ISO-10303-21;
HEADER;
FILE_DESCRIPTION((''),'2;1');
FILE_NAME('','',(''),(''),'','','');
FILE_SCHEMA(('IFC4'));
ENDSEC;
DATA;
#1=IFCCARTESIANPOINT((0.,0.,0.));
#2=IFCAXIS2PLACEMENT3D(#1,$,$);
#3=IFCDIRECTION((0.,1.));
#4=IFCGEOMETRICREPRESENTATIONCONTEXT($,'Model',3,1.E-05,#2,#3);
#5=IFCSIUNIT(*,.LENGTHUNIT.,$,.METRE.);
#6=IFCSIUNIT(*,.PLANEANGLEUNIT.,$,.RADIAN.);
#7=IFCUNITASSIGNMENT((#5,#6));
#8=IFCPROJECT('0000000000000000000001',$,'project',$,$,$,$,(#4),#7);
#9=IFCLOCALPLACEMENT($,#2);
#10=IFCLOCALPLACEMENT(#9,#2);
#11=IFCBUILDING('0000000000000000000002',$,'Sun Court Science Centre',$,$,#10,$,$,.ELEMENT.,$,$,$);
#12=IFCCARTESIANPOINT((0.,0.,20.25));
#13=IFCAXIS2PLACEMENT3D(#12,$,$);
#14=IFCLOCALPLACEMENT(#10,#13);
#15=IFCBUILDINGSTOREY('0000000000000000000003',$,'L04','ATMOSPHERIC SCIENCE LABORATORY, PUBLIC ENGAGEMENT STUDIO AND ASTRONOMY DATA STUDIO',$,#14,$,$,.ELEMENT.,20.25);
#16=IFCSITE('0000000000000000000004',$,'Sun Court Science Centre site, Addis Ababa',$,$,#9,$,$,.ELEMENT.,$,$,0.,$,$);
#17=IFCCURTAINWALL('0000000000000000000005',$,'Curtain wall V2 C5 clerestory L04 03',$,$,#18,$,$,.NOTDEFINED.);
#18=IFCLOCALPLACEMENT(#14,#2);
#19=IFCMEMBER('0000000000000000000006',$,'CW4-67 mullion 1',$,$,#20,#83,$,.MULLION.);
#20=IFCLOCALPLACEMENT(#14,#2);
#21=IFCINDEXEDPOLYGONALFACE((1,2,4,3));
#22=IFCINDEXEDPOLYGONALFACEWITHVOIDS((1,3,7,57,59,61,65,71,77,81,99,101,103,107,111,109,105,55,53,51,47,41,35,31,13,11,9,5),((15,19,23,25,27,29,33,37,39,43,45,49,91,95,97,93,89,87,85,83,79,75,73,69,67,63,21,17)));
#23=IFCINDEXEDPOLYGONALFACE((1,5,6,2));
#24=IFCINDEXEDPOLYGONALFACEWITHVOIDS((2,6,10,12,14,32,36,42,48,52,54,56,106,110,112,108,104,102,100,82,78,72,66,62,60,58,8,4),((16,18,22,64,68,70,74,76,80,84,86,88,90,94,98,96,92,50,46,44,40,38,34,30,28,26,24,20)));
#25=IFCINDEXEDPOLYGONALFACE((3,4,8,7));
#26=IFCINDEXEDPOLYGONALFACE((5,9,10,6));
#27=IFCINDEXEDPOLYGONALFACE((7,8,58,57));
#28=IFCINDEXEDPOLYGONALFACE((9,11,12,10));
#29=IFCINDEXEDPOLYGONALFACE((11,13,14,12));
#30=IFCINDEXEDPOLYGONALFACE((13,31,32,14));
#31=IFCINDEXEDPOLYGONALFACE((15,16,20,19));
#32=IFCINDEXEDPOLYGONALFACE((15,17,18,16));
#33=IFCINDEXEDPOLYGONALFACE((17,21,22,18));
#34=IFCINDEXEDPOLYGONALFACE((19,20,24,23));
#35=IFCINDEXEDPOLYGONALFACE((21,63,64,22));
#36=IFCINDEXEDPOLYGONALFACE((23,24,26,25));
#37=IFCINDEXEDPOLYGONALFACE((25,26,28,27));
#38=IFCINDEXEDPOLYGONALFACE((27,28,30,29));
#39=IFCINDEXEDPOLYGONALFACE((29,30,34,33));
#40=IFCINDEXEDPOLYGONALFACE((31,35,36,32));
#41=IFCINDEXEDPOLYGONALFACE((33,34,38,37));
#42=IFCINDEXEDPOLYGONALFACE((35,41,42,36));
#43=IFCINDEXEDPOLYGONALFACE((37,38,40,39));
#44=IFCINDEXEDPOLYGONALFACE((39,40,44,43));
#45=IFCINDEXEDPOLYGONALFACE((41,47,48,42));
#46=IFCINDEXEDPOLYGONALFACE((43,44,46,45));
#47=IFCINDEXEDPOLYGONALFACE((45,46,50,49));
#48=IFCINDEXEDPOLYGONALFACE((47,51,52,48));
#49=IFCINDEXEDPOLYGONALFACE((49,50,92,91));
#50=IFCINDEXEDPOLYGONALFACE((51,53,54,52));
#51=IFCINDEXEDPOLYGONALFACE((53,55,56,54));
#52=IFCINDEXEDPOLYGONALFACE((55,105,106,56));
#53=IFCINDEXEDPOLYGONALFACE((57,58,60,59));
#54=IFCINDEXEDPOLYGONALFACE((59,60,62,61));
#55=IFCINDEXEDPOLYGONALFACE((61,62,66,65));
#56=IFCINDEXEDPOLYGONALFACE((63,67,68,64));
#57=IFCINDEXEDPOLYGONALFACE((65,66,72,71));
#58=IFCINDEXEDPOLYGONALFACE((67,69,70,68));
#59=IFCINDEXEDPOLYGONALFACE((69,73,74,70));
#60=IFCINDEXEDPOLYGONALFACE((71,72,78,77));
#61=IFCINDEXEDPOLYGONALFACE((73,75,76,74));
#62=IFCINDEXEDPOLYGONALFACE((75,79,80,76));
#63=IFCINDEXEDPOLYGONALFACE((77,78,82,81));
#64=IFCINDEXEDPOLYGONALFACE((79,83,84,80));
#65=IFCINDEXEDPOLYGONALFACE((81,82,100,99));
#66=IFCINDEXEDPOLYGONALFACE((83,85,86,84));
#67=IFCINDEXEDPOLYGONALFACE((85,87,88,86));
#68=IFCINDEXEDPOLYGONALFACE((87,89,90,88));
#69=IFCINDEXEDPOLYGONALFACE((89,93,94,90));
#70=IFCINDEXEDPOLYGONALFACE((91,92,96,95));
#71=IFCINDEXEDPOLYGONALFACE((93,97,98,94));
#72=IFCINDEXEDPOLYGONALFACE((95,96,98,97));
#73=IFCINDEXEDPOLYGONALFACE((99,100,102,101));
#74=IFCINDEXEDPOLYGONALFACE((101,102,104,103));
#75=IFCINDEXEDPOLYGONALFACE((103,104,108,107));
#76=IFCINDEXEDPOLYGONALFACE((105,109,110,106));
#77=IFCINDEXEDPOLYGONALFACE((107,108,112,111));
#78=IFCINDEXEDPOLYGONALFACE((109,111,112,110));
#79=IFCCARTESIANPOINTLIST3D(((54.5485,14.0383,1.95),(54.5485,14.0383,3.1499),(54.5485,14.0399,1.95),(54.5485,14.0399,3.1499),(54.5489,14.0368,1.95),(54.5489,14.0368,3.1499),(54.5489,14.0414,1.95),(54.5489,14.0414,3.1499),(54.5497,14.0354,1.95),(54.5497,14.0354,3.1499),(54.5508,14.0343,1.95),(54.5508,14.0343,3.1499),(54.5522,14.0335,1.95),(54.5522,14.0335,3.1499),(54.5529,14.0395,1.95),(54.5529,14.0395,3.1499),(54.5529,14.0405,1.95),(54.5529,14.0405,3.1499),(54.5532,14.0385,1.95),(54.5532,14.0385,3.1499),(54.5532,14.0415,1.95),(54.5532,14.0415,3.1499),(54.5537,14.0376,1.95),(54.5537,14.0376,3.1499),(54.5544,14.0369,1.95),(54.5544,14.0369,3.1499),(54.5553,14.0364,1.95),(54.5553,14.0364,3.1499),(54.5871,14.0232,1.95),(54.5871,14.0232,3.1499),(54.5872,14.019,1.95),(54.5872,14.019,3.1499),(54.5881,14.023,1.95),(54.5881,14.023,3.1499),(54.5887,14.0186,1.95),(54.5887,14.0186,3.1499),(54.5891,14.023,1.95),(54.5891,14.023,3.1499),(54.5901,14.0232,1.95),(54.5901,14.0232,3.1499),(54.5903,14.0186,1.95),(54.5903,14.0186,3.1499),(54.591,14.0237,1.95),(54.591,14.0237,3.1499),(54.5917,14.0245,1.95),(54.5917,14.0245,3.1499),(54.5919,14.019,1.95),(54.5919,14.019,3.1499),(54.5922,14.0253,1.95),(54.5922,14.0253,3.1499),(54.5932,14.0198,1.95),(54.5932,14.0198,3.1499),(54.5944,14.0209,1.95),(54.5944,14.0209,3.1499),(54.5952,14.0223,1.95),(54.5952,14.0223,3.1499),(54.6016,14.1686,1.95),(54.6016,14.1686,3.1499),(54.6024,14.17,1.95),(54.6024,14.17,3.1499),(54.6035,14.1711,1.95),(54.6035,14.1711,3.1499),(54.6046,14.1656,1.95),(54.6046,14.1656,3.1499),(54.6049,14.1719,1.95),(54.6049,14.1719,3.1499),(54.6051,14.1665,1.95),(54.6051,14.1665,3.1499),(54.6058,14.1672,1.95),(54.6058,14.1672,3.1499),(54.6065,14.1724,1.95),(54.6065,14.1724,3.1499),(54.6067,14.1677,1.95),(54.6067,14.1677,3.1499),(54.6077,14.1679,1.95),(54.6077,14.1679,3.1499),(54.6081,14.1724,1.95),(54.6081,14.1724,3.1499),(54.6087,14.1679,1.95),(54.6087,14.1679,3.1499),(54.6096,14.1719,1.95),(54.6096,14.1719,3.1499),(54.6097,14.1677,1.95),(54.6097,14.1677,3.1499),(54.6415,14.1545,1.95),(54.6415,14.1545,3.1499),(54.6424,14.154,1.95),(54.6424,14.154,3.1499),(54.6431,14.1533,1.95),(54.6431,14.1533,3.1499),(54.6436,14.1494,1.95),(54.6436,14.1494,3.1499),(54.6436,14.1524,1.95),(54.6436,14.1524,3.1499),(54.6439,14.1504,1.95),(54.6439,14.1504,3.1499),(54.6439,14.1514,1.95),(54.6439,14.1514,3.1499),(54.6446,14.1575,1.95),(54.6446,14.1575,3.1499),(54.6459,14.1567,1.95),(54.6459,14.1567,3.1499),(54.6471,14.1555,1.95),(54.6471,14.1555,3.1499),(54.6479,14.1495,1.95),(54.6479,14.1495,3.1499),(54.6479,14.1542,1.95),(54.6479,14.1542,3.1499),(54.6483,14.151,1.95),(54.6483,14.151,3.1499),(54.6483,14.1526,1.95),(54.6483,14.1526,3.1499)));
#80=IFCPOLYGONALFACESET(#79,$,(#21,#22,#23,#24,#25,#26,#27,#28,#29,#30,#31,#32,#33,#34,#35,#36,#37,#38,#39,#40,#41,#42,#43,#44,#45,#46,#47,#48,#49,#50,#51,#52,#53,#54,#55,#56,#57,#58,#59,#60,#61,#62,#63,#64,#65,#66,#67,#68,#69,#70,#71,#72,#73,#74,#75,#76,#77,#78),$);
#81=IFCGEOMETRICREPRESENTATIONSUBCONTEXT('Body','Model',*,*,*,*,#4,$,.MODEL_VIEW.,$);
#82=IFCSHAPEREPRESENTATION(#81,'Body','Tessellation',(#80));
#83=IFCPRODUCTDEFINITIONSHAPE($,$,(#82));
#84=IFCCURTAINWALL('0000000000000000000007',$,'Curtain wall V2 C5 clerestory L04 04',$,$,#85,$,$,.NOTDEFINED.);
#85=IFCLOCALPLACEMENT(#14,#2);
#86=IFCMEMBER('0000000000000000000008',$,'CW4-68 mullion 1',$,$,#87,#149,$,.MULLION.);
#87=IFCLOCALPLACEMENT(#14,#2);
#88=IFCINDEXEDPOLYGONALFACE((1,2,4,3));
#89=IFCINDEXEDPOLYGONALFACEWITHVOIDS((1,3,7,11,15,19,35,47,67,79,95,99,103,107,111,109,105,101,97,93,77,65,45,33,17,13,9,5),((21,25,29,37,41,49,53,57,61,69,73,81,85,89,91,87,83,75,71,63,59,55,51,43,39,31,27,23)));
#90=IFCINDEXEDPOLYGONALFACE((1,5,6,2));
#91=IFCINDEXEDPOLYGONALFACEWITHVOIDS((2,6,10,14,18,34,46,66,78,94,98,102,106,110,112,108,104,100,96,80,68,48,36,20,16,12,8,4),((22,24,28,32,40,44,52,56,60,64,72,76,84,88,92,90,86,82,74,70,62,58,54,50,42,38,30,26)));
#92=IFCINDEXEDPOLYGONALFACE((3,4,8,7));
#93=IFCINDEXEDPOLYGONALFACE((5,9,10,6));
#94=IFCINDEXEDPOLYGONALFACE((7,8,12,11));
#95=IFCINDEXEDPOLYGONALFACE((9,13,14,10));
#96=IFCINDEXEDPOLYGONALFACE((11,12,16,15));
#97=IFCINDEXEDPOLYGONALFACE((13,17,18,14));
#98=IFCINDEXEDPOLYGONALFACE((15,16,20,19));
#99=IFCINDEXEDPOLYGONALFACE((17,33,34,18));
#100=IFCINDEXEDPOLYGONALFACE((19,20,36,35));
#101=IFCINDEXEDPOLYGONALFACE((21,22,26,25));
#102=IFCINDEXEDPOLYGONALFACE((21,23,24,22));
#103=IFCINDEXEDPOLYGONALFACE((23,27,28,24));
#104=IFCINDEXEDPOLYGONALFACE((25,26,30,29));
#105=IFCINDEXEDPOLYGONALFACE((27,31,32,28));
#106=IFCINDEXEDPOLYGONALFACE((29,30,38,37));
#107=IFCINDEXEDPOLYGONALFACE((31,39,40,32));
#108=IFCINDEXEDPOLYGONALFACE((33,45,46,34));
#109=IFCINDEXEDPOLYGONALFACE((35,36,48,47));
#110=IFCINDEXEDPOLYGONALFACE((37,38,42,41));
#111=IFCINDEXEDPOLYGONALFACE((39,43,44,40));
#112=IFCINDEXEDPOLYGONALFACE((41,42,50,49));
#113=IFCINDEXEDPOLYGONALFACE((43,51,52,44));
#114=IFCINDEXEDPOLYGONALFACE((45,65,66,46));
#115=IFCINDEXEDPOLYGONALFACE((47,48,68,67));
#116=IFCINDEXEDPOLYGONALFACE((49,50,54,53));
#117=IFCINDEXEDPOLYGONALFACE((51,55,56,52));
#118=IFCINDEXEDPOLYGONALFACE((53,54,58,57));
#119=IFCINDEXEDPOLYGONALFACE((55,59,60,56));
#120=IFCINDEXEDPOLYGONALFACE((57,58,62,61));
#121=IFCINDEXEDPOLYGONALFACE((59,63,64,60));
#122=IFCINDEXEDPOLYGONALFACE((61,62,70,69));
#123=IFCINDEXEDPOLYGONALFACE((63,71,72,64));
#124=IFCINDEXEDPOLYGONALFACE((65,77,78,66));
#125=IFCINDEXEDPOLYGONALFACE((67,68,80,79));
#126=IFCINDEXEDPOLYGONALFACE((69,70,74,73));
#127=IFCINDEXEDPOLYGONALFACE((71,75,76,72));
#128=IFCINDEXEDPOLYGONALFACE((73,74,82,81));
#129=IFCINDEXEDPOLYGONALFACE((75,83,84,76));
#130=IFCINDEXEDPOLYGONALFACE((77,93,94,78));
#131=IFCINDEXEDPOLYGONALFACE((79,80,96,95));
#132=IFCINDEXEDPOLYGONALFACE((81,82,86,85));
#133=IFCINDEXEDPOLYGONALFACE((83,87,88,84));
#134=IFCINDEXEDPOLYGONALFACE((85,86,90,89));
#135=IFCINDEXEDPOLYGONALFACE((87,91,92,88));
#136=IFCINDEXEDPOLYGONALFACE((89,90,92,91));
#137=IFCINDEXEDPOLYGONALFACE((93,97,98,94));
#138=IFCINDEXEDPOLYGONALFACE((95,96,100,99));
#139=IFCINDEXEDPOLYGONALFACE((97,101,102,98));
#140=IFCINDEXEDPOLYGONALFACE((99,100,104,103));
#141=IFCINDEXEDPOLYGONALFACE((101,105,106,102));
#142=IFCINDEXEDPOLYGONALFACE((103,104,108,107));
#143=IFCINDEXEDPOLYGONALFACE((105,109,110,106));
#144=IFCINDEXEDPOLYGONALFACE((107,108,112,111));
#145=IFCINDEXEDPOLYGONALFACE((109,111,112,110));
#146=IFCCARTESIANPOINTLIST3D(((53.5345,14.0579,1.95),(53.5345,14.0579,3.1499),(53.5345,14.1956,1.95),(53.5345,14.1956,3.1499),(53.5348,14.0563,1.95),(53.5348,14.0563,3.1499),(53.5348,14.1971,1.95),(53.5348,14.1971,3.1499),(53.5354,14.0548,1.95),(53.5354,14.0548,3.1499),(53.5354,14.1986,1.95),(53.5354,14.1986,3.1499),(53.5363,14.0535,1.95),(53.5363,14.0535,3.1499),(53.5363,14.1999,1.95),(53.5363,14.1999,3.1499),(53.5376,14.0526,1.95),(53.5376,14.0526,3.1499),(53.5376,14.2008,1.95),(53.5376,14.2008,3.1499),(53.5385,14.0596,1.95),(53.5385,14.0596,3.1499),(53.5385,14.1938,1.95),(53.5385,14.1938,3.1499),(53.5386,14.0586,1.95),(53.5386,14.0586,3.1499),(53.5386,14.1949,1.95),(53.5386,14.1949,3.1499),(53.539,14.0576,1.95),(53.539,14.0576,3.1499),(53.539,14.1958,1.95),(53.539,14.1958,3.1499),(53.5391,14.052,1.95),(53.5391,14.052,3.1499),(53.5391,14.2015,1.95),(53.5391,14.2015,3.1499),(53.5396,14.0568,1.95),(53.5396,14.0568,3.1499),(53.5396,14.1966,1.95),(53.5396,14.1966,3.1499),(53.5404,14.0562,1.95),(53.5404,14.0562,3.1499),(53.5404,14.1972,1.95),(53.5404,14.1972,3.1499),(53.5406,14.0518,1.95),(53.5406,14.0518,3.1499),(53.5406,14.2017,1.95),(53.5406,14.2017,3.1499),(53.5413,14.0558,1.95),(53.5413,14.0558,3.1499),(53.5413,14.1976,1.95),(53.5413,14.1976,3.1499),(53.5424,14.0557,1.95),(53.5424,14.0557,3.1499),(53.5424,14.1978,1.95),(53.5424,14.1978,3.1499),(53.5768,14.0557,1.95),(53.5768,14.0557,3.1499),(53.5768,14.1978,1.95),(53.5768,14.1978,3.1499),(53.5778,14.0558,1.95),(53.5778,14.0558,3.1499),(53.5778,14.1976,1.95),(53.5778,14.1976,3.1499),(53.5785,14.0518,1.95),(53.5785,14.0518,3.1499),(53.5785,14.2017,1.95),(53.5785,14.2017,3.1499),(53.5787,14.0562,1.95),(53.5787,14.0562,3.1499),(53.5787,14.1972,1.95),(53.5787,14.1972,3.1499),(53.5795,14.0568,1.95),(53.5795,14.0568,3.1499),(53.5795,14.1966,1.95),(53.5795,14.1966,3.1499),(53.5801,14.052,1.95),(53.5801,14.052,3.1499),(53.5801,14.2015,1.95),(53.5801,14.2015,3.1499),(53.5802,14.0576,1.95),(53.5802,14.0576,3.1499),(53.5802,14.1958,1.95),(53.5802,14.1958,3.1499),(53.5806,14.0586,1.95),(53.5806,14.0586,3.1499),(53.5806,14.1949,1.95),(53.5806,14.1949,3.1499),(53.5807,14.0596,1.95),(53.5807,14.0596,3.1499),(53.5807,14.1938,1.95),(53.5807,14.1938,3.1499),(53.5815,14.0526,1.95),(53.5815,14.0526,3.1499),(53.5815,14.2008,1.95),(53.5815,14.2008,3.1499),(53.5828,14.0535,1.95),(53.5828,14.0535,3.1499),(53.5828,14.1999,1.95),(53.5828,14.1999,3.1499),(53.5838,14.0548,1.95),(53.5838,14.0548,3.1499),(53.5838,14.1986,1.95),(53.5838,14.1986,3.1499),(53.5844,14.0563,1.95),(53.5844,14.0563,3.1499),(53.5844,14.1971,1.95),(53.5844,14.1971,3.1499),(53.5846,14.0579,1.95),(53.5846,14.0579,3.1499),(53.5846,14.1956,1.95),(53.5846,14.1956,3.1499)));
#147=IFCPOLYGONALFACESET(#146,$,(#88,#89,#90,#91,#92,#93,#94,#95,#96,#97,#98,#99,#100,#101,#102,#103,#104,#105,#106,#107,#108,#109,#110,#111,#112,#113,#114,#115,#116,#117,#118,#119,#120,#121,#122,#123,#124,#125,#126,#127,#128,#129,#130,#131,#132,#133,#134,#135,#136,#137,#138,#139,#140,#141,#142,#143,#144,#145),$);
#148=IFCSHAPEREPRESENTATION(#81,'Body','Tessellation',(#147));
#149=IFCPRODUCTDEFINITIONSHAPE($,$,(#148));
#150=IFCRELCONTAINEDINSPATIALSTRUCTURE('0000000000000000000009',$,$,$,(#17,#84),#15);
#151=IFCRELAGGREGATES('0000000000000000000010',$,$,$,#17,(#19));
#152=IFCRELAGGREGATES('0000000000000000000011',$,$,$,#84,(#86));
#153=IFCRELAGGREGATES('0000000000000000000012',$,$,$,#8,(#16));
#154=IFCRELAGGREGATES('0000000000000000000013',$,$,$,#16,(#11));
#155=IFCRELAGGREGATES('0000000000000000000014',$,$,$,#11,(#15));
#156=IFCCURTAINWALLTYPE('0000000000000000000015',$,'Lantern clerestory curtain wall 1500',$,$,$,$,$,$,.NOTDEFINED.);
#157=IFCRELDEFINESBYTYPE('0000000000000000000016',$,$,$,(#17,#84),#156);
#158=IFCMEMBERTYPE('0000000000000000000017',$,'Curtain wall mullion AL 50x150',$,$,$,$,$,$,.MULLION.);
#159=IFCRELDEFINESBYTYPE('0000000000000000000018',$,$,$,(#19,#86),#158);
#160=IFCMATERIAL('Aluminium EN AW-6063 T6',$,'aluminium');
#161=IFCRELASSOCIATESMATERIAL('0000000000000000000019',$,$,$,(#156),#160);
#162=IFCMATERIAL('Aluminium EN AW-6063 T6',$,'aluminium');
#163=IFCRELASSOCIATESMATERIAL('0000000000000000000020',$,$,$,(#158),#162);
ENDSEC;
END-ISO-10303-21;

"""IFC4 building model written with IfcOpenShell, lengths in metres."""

from ifc_helpers import new_model, si_unit, direction, frame, origin, origin_2d, place, context, subcontext, project, spatial, hollow_rectangle, extrude, material, material_profile, profile_set, type_object, element, aggregate, save


model = new_model("IFC4")

# Units and contexts
model_context = context("Model", 3, precision=1e-05, world=origin(), true_north=direction((0.0, 1.0)))
body_context = subcontext(model_context, "Body", "Model", "MODEL_VIEW")
ifc_project = project(units=[si_unit("LENGTHUNIT", "METRE"), si_unit("PLANEANGLEUNIT", "RADIAN")], contexts=[model_context])

# Site, building, storey
site_placement = place(None, origin())
site = spatial("IfcSite", under=ifc_project, at=site_placement, Name="Sun Court Science Centre site, Addis Ababa", CompositionType="ELEMENT", RefElevation=0.0)
building_placement = place(site_placement, origin())
building = spatial("IfcBuilding", under=site, at=building_placement, Name="Sun Court Science Centre", CompositionType="ELEMENT")
storey_placement = place(building_placement, frame((0.0, 0.0, 20.25)))
storey = spatial("IfcBuildingStorey", under=building, at=storey_placement, Name="L04", Description="ATMOSPHERIC SCIENCE LABORATORY, PUBLIC ENGAGEMENT STUDIO AND ASTRONOMY DATA STUDIO", CompositionType="ELEMENT", Elevation=20.25)

# Curtain wall, member
ifc_material_1 = material(Name="Aluminium EN AW-6063 T6", Category="aluminium")
curtain_wall_type = type_object("IfcCurtainWallType", Name="Lantern clerestory curtain wall 1500", PredefinedType="NOTDEFINED", material=ifc_material_1)
curtain_wall_1_placement = place(storey_placement, origin())
curtain_wall_1 = element("IfcCurtainWall", 1, at=curtain_wall_1_placement, inside=storey, type_object=curtain_wall_type, Name="Curtain wall V2 C5 clerestory L04 03", PredefinedType="NOTDEFINED")
ifc_material_2 = material(Name="Aluminium EN AW-6063 T6", Category="aluminium")
ifc_material_profile_1 = material_profile(ifc_material_2, hollow_rectangle(XDim=0.05, YDim=0.1499, WallThickness=0.0039, InnerFilletRadius=0.0039, OuterFilletRadius=0.0061, at=origin_2d()), Name="AL 50x150x4")
ifc_profile_set_1 = profile_set([ifc_material_profile_1], Name="Aluminium EN AW-6063 T6")
member_type_1 = type_object("IfcMemberType", Name="Curtain wall mullion AL 50x150", PredefinedType="MULLION", material=ifc_profile_set_1)
member_1_placement = place(storey_placement, frame((54.5984, 14.0955, 1.95), z_axis=(0.0, 0.0, 1.0), x_axis=(0.92388, -0.382683, 0.0)))
member_1 = element("IfcMember", 2, at=member_1_placement, type_object=member_type_1, Name="CW4-67 mullion 1", PredefinedType="MULLION", context=body_context, shape_type="SweptSolid", body=[
    extrude(hollow_rectangle(XDim=0.05, YDim=0.1499, WallThickness=0.0039, InnerFilletRadius=0.0039, OuterFilletRadius=0.0061, at=origin_2d()), origin(), (0.0, 0.0, 1.0), 1.2),
])
aggregate(curtain_wall_1, [member_1])

# Curtain wall, member
curtain_wall_2_placement = place(storey_placement, origin())
curtain_wall_2 = element("IfcCurtainWall", 3, at=curtain_wall_2_placement, inside=storey, type_object=curtain_wall_type, Name="Curtain wall V2 C5 clerestory L04 04", PredefinedType="NOTDEFINED")
member_2_placement = place(storey_placement, frame((53.5596, 14.1267, 1.95), z_axis=(0.0, 0.0, 1.0), x_axis=(1.0, 0.0, 0.0)))
member_2 = element("IfcMember", 4, at=member_2_placement, type_object=member_type_1, Name="CW4-68 mullion 1", PredefinedType="MULLION", context=body_context, shape_type="SweptSolid", body=[
    extrude(hollow_rectangle(XDim=0.05, YDim=0.1499, WallThickness=0.0039, InnerFilletRadius=0.0039, OuterFilletRadius=0.0061, at=origin_2d()), origin(), (0.0, 0.0, 1.0), 1.2),
])

aggregate(curtain_wall_2, [member_2])

save(model, "model.ifc")
